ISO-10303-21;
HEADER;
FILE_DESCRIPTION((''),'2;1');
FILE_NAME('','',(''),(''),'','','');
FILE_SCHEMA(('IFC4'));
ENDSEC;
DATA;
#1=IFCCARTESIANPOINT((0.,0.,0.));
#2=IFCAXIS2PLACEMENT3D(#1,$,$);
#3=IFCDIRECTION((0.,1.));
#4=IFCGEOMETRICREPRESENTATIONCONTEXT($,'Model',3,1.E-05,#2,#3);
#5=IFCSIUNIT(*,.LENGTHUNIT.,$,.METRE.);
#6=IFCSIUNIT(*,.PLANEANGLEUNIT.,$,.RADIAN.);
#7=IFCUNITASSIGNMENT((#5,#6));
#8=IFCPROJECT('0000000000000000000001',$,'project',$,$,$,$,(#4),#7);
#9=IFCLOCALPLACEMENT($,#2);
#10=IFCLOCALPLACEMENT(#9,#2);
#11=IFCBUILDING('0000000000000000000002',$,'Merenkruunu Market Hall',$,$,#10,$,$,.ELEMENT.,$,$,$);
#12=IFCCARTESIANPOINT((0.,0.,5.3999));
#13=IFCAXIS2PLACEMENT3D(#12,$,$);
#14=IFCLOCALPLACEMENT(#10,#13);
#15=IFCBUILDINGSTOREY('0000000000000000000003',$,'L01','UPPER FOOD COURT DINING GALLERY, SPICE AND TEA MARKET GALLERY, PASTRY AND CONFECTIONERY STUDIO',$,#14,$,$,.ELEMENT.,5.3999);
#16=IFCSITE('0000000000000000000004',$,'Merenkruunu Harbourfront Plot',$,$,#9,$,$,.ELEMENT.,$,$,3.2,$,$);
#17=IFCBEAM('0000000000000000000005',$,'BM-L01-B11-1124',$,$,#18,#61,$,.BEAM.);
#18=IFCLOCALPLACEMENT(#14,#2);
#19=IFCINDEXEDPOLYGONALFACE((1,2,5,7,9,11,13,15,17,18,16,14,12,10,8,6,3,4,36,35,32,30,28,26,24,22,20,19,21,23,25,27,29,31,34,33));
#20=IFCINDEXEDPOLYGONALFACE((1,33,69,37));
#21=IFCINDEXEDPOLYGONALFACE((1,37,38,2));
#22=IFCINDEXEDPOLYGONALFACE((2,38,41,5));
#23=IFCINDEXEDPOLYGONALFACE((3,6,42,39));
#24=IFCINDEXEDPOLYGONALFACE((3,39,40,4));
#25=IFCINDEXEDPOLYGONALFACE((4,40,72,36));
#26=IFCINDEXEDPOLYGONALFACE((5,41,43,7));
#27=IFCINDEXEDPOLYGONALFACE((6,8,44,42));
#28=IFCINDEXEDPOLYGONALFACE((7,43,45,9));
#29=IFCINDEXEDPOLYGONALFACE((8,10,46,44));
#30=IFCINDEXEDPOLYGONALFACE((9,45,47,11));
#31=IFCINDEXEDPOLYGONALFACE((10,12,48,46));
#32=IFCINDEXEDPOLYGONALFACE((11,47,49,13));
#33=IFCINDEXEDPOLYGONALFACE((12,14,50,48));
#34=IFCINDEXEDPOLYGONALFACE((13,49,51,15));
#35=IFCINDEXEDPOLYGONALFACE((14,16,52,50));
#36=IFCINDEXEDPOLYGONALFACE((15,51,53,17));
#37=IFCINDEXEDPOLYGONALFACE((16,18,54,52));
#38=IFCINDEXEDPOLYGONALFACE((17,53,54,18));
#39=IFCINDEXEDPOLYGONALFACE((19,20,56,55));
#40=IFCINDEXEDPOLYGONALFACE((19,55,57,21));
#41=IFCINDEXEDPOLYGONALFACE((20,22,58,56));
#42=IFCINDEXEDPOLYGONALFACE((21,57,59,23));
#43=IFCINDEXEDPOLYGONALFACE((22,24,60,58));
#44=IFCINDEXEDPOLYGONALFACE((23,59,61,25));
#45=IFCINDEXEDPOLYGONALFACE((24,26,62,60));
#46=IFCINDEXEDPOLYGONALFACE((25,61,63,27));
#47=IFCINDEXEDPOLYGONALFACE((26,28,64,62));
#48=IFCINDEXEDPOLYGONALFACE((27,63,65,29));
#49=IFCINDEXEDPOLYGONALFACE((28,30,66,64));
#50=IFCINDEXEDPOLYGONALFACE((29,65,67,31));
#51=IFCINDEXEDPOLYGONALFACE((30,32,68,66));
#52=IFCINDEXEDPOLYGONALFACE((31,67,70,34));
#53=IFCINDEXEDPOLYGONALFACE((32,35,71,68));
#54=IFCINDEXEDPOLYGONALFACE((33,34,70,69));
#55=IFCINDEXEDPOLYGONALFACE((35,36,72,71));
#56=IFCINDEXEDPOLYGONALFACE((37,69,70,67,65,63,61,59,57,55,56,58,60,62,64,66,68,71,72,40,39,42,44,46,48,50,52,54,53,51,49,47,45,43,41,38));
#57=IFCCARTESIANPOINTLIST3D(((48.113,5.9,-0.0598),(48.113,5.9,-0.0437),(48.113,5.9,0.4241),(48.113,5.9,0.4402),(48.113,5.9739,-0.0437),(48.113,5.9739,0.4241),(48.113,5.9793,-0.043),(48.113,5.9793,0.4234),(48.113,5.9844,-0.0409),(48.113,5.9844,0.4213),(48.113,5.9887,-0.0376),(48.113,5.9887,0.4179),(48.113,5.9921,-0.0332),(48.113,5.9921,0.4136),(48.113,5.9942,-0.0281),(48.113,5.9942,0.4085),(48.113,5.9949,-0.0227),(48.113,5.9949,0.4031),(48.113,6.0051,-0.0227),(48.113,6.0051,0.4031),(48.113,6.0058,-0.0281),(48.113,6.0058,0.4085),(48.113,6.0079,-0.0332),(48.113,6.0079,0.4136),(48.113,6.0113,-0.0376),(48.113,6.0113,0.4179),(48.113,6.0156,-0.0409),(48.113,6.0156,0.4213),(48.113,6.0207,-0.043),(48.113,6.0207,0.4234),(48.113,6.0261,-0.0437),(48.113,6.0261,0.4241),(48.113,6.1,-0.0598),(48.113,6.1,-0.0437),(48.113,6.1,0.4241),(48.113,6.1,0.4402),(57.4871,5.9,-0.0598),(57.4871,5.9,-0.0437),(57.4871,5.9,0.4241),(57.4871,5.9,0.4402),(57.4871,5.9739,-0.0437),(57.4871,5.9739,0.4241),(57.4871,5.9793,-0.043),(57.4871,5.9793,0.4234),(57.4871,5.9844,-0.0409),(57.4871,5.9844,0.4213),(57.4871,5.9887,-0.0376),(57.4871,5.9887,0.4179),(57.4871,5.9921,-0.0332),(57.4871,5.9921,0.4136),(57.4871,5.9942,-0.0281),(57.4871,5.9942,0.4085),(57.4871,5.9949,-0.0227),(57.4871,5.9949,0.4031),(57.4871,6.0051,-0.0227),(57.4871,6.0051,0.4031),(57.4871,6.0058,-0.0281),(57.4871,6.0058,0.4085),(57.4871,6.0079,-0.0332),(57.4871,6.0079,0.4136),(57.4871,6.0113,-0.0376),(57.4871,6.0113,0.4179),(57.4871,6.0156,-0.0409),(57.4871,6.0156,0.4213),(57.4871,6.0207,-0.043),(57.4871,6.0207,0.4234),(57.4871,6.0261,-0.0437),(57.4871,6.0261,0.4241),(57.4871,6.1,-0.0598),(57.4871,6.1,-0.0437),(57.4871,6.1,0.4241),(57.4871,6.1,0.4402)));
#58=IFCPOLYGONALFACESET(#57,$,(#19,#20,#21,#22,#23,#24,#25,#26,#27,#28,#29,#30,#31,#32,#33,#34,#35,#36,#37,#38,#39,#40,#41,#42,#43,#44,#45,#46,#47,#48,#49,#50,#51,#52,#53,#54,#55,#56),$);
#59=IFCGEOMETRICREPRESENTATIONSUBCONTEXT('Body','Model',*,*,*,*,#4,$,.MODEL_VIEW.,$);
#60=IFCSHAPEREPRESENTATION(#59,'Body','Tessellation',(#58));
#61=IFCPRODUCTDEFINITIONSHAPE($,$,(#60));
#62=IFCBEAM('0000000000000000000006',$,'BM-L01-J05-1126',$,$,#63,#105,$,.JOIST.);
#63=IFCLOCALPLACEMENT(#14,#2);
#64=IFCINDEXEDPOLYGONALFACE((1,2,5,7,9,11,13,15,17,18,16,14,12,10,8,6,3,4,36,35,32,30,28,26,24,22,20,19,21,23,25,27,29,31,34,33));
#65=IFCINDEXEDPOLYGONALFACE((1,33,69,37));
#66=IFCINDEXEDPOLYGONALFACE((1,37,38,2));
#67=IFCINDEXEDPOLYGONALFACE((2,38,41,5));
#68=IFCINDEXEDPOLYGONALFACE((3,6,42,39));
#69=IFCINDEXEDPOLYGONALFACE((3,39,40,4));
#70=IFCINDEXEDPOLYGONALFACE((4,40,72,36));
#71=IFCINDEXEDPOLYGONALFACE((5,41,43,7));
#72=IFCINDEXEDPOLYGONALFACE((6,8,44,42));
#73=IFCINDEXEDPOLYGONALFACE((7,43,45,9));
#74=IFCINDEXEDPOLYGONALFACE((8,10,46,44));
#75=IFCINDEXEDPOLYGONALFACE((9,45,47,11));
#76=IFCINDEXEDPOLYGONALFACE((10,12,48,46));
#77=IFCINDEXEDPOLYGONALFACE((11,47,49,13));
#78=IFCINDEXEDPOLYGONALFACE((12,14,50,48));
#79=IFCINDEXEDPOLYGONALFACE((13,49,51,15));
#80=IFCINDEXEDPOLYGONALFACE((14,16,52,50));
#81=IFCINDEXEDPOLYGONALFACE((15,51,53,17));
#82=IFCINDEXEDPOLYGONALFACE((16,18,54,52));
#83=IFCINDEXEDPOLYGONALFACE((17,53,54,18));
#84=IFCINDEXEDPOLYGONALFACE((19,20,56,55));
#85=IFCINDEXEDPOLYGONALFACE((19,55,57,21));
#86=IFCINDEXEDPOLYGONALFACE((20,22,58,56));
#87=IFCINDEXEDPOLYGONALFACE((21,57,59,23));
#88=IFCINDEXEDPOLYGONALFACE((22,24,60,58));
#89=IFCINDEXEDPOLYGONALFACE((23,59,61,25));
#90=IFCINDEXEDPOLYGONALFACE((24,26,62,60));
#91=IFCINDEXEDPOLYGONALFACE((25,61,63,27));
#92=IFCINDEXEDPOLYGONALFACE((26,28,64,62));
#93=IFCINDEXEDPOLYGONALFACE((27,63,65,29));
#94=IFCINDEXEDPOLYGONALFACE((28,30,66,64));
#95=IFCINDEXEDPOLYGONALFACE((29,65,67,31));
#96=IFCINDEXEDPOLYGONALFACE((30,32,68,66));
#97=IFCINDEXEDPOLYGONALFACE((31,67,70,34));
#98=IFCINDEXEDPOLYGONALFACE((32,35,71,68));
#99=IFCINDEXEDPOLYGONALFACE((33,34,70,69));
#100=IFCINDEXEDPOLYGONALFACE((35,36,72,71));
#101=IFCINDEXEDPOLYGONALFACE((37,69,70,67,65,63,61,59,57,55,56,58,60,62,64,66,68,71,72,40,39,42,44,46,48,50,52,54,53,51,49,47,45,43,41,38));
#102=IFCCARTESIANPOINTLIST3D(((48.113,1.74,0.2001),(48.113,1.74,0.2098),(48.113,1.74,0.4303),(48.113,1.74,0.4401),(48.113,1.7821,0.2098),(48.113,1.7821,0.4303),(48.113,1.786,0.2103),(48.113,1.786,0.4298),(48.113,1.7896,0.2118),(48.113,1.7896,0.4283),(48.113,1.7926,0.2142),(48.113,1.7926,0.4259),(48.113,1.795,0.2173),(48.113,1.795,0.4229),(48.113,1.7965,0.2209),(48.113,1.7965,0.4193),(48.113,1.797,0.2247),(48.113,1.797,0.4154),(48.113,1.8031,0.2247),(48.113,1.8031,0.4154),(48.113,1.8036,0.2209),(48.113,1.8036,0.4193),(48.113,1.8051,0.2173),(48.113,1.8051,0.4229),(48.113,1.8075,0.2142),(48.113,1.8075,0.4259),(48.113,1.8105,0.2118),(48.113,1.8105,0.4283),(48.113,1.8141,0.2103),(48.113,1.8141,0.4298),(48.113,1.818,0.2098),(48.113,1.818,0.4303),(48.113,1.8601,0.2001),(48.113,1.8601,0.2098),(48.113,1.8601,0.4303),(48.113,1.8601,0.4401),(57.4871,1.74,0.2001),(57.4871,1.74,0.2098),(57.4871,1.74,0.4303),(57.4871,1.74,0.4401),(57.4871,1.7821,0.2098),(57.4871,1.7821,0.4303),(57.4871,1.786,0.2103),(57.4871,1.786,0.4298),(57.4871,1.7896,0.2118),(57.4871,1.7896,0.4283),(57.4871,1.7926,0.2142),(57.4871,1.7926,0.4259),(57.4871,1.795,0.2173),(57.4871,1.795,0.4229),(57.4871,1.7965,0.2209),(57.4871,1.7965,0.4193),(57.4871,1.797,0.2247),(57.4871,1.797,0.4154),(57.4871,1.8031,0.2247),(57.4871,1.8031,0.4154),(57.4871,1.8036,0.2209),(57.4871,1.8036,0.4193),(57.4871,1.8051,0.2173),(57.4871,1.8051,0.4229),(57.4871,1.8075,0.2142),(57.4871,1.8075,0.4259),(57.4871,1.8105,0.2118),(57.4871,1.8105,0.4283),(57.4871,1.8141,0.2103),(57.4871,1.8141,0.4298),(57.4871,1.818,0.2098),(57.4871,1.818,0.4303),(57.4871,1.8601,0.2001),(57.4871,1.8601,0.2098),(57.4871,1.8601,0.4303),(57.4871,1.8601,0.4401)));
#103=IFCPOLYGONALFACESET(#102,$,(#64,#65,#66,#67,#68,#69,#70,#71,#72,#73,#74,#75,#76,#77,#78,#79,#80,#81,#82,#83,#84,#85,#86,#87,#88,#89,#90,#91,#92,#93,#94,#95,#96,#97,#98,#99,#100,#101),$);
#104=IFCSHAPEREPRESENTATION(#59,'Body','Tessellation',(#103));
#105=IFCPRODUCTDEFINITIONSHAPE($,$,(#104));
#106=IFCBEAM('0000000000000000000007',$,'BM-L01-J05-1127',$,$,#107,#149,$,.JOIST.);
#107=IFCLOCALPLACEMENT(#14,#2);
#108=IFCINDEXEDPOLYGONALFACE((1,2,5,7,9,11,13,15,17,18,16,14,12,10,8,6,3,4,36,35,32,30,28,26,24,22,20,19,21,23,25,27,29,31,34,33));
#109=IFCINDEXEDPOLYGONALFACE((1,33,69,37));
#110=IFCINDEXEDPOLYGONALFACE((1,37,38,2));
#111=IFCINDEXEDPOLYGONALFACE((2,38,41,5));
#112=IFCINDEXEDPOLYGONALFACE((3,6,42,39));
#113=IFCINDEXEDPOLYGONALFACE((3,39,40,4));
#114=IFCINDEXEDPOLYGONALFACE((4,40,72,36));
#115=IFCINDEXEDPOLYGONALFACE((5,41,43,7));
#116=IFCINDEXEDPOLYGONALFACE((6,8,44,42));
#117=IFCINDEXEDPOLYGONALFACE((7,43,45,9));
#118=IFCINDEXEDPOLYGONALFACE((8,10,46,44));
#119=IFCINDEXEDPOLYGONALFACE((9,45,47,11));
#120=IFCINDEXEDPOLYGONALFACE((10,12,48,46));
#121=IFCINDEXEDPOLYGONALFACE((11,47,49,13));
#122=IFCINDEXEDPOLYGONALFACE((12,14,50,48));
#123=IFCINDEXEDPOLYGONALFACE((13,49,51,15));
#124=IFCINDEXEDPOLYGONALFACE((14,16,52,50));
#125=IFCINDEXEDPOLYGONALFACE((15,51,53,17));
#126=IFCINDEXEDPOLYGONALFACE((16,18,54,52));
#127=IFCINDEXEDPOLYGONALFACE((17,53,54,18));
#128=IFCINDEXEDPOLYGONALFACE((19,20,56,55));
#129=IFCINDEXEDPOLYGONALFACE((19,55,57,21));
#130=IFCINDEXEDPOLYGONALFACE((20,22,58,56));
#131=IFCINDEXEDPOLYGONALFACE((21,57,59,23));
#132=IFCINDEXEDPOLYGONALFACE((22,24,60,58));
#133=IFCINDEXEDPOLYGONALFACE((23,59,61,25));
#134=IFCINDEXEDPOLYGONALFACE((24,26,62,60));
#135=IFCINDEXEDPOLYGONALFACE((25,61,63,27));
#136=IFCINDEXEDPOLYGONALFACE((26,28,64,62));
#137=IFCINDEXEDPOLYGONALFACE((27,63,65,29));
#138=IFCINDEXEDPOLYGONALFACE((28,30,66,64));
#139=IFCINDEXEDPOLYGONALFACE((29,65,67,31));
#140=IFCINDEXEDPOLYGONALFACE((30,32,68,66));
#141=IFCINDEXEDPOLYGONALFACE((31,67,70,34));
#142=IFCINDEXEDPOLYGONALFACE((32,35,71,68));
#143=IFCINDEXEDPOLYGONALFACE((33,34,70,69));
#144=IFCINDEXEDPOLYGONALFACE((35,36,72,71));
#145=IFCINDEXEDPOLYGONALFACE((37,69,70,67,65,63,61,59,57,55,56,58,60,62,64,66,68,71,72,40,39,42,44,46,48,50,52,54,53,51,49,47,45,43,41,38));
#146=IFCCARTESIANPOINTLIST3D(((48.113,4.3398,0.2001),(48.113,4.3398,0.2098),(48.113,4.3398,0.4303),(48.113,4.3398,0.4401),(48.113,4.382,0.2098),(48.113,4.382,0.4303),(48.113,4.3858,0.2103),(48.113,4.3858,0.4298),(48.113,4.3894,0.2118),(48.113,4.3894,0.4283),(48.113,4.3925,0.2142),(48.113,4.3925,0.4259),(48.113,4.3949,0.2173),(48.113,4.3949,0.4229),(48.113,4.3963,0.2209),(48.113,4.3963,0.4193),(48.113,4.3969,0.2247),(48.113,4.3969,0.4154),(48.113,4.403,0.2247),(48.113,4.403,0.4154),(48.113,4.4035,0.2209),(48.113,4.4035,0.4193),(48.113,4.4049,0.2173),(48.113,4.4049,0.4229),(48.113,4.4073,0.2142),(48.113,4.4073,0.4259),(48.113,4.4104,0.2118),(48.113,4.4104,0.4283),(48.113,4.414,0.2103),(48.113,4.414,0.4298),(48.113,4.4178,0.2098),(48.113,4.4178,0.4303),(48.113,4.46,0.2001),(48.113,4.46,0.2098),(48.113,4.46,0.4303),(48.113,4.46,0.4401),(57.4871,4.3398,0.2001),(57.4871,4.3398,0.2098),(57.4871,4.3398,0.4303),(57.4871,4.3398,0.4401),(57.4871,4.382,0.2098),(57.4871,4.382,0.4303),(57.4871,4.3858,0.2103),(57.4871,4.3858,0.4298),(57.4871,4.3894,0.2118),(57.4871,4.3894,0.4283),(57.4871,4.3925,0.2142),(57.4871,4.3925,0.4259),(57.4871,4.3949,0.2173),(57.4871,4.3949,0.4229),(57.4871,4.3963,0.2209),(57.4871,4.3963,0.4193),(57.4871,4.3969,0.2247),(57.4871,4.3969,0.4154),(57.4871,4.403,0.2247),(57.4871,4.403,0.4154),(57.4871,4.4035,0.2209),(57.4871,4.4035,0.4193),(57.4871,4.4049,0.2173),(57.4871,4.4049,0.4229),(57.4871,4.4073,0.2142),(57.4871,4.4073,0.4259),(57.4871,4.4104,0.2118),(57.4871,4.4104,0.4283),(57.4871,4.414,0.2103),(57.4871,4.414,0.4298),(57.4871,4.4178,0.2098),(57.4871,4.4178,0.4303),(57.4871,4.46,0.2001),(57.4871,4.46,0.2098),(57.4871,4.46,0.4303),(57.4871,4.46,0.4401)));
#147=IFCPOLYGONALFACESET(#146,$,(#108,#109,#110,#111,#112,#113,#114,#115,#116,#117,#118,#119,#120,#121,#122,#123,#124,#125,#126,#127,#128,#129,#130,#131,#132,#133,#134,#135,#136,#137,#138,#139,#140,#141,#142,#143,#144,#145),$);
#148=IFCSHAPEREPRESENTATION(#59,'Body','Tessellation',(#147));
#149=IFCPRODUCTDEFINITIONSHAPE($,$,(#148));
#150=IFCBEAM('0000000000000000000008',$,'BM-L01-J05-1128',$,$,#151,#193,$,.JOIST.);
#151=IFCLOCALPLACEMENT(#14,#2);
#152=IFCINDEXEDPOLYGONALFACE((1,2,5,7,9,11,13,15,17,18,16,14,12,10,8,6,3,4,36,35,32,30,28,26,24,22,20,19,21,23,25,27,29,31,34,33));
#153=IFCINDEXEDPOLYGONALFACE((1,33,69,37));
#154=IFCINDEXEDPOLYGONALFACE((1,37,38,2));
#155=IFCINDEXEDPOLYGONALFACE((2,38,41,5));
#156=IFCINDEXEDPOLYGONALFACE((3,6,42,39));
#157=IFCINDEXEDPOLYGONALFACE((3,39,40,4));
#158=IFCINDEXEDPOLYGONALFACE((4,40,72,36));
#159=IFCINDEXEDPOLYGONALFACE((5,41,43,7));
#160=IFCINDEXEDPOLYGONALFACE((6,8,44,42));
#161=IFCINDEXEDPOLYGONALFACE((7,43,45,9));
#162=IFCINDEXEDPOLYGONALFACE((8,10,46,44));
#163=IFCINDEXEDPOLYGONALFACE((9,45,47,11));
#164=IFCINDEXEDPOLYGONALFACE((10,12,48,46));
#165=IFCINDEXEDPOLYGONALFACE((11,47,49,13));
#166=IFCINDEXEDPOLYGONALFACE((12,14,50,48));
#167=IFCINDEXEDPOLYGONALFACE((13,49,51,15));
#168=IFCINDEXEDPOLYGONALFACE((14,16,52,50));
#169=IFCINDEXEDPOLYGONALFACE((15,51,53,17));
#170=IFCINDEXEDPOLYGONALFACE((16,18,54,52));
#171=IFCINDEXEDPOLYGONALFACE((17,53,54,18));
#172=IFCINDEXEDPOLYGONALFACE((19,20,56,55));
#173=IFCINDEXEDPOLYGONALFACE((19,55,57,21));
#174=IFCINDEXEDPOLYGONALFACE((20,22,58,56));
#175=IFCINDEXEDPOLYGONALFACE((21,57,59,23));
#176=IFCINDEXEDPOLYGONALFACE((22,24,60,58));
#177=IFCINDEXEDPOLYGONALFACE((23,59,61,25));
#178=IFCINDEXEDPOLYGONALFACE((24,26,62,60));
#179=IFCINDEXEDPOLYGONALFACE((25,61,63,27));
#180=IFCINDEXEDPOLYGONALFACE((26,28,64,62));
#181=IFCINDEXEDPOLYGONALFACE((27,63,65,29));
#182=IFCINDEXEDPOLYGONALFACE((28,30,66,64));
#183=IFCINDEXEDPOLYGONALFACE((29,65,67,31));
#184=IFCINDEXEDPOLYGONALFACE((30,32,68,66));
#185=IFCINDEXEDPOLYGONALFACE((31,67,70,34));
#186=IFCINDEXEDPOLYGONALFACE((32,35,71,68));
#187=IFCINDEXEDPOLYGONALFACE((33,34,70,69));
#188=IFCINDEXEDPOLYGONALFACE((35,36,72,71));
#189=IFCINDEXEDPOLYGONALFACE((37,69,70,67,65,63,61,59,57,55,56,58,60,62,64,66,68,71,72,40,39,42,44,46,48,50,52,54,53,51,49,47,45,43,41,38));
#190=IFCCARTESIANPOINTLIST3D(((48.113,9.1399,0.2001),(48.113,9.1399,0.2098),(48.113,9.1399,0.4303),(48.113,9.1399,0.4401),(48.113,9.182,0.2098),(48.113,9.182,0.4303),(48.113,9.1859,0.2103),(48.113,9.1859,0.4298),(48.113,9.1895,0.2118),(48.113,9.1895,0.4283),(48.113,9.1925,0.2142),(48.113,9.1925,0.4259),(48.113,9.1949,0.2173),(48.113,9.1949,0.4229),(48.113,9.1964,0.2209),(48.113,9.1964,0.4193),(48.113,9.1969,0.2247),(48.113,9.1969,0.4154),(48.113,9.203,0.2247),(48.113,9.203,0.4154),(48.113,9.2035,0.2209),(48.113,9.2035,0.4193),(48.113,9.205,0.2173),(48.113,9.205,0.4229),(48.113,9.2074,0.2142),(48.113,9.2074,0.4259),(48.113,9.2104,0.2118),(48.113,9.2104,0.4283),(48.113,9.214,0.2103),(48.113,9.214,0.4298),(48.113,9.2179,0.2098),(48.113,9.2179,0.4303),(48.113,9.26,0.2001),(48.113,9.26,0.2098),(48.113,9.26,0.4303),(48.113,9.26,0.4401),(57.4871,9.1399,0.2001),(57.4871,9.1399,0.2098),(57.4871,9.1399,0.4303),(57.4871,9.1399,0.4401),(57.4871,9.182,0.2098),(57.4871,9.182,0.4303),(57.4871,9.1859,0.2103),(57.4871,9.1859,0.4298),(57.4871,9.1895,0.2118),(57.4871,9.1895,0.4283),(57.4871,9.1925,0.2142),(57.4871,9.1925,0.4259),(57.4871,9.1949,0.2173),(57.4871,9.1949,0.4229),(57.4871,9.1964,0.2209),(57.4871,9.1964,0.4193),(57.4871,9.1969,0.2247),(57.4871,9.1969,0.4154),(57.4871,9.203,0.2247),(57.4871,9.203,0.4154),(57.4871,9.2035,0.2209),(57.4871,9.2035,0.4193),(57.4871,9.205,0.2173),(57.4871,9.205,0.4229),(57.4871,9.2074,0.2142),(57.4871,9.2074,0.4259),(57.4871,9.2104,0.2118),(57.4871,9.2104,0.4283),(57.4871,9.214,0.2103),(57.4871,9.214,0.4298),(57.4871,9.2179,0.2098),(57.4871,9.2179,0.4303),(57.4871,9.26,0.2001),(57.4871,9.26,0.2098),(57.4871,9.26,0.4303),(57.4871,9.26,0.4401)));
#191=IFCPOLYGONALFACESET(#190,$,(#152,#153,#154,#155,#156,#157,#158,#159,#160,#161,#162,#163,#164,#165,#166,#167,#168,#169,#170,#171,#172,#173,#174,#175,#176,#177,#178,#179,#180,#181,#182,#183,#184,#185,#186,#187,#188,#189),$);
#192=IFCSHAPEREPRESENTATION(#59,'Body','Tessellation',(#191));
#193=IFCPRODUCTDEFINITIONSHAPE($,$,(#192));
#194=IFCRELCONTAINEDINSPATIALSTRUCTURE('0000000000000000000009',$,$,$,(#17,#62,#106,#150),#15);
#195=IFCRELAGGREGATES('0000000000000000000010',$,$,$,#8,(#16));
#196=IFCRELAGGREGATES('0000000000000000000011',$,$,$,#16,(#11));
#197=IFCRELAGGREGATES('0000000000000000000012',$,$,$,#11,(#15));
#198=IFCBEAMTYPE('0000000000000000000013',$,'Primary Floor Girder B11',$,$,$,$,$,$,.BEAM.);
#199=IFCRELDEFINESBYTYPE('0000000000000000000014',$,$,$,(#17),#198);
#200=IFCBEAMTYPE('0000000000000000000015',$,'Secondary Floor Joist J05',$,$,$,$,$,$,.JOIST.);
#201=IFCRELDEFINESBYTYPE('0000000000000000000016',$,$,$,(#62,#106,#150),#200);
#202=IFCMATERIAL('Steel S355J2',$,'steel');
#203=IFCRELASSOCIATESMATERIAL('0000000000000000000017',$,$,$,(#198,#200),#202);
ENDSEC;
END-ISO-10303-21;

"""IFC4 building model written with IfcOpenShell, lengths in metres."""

from ifc_helpers import new_model, si_unit, direction, frame, origin, origin_2d, place, context, subcontext, project, spatial, i_section, extrude, material, material_profile, profile_set, type_object, element, save


model = new_model("IFC4")

# Units and contexts
model_context = context("Model", 3, precision=1e-05, world=origin(), true_north=direction((0.0, 1.0)))
body_context = subcontext(model_context, "Body", "Model", "MODEL_VIEW")
ifc_project = project(units=[si_unit("LENGTHUNIT", "METRE"), si_unit("PLANEANGLEUNIT", "RADIAN")], contexts=[model_context])

# Site, building, storey
site_placement = place(None, origin())
site = spatial("IfcSite", under=ifc_project, at=site_placement, Name="Merenkruunu Harbourfront Plot", CompositionType="ELEMENT", RefElevation=3.2)
building_placement = place(site_placement, origin())
building = spatial("IfcBuilding", under=site, at=building_placement, Name="Merenkruunu Market Hall", CompositionType="ELEMENT")
storey_placement = place(building_placement, frame((0.0, 0.0, 5.3999)))
storey = spatial("IfcBuildingStorey", under=building, at=storey_placement, Name="L01", Description="UPPER FOOD COURT DINING GALLERY, SPICE AND TEA MARKET GALLERY, PASTRY AND CONFECTIONERY STUDIO", CompositionType="ELEMENT", Elevation=5.3999)

# Shared definitions
ifc_material_1 = material(Name="Steel S355J2", Category="steel")

# Beams
ifc_material_profile_1 = material_profile(ifc_material_1, i_section(OverallWidth=0.2, OverallDepth=0.5, WebThickness=0.0103, FlangeThickness=0.0161, FilletRadius=0.021, at=origin_2d()), Name="IPE 500")
ifc_profile_set_1 = profile_set([ifc_material_profile_1], Name="Steel S355J2")
beam_type_1 = type_object("IfcBeamType", Name="Primary Floor Girder B11", PredefinedType="BEAM", material=ifc_profile_set_1)
beam_1_placement = place(storey_placement, frame((48.113, 6.0, 0.1902), z_axis=(1.0, 0.0, 0.0), x_axis=(0.0, 1.0, 0.0)))
element("IfcBeam", 1, at=beam_1_placement, inside=storey, type_object=beam_type_1, Name="BM-L01-B11-1124", PredefinedType="BEAM", context=body_context, shape_type="SweptSolid", body=[
    extrude(i_section(OverallWidth=0.2, OverallDepth=0.5, WebThickness=0.0103, FlangeThickness=0.0161, FilletRadius=0.021, at=origin_2d()), origin(), (0.0, 0.0, 1.0), 9.374),
])
ifc_material_profile_2 = material_profile(ifc_material_1, i_section(OverallWidth=0.1201, OverallDepth=0.24, WebThickness=0.0061, FlangeThickness=0.0098, FilletRadius=0.0149, at=origin_2d()), Name="IPE 240")
ifc_profile_set_2 = profile_set([ifc_material_profile_2], Name="Steel S355J2")
beam_type_2 = type_object("IfcBeamType", Name="Secondary Floor Joist J05", PredefinedType="JOIST", material=ifc_profile_set_2)
for number, where, z_axis, x_axis, name in (
    (2, (48.113, 1.8, 0.3201), (1.0, 0.0, 0.0), (0.0, 1.0, 0.0), "BM-L01-J05-1126"),
    (3, (48.113, 4.3999, 0.3201), (1.0, 0.0, 0.0), (0.0, 1.0, 0.0), "BM-L01-J05-1127"),
    (4, (48.113, 9.2, 0.3201), (1.0, 0.0, 0.0), (0.0, 1.0, 0.0), "BM-L01-J05-1128"),
):
    element("IfcBeam", number, at=place(storey_placement, frame(where, z_axis=z_axis, x_axis=x_axis)), inside=storey, type_object=beam_type_2, Name=name, PredefinedType="JOIST", context=body_context, shape_type="SweptSolid", body=[
        extrude(i_section(OverallWidth=0.1201, OverallDepth=0.24, WebThickness=0.0061, FlangeThickness=0.0098, FilletRadius=0.0149, at=origin_2d()), origin(), (0.0, 0.0, 1.0), 9.374),
    ])

save(model, "model.ifc")
